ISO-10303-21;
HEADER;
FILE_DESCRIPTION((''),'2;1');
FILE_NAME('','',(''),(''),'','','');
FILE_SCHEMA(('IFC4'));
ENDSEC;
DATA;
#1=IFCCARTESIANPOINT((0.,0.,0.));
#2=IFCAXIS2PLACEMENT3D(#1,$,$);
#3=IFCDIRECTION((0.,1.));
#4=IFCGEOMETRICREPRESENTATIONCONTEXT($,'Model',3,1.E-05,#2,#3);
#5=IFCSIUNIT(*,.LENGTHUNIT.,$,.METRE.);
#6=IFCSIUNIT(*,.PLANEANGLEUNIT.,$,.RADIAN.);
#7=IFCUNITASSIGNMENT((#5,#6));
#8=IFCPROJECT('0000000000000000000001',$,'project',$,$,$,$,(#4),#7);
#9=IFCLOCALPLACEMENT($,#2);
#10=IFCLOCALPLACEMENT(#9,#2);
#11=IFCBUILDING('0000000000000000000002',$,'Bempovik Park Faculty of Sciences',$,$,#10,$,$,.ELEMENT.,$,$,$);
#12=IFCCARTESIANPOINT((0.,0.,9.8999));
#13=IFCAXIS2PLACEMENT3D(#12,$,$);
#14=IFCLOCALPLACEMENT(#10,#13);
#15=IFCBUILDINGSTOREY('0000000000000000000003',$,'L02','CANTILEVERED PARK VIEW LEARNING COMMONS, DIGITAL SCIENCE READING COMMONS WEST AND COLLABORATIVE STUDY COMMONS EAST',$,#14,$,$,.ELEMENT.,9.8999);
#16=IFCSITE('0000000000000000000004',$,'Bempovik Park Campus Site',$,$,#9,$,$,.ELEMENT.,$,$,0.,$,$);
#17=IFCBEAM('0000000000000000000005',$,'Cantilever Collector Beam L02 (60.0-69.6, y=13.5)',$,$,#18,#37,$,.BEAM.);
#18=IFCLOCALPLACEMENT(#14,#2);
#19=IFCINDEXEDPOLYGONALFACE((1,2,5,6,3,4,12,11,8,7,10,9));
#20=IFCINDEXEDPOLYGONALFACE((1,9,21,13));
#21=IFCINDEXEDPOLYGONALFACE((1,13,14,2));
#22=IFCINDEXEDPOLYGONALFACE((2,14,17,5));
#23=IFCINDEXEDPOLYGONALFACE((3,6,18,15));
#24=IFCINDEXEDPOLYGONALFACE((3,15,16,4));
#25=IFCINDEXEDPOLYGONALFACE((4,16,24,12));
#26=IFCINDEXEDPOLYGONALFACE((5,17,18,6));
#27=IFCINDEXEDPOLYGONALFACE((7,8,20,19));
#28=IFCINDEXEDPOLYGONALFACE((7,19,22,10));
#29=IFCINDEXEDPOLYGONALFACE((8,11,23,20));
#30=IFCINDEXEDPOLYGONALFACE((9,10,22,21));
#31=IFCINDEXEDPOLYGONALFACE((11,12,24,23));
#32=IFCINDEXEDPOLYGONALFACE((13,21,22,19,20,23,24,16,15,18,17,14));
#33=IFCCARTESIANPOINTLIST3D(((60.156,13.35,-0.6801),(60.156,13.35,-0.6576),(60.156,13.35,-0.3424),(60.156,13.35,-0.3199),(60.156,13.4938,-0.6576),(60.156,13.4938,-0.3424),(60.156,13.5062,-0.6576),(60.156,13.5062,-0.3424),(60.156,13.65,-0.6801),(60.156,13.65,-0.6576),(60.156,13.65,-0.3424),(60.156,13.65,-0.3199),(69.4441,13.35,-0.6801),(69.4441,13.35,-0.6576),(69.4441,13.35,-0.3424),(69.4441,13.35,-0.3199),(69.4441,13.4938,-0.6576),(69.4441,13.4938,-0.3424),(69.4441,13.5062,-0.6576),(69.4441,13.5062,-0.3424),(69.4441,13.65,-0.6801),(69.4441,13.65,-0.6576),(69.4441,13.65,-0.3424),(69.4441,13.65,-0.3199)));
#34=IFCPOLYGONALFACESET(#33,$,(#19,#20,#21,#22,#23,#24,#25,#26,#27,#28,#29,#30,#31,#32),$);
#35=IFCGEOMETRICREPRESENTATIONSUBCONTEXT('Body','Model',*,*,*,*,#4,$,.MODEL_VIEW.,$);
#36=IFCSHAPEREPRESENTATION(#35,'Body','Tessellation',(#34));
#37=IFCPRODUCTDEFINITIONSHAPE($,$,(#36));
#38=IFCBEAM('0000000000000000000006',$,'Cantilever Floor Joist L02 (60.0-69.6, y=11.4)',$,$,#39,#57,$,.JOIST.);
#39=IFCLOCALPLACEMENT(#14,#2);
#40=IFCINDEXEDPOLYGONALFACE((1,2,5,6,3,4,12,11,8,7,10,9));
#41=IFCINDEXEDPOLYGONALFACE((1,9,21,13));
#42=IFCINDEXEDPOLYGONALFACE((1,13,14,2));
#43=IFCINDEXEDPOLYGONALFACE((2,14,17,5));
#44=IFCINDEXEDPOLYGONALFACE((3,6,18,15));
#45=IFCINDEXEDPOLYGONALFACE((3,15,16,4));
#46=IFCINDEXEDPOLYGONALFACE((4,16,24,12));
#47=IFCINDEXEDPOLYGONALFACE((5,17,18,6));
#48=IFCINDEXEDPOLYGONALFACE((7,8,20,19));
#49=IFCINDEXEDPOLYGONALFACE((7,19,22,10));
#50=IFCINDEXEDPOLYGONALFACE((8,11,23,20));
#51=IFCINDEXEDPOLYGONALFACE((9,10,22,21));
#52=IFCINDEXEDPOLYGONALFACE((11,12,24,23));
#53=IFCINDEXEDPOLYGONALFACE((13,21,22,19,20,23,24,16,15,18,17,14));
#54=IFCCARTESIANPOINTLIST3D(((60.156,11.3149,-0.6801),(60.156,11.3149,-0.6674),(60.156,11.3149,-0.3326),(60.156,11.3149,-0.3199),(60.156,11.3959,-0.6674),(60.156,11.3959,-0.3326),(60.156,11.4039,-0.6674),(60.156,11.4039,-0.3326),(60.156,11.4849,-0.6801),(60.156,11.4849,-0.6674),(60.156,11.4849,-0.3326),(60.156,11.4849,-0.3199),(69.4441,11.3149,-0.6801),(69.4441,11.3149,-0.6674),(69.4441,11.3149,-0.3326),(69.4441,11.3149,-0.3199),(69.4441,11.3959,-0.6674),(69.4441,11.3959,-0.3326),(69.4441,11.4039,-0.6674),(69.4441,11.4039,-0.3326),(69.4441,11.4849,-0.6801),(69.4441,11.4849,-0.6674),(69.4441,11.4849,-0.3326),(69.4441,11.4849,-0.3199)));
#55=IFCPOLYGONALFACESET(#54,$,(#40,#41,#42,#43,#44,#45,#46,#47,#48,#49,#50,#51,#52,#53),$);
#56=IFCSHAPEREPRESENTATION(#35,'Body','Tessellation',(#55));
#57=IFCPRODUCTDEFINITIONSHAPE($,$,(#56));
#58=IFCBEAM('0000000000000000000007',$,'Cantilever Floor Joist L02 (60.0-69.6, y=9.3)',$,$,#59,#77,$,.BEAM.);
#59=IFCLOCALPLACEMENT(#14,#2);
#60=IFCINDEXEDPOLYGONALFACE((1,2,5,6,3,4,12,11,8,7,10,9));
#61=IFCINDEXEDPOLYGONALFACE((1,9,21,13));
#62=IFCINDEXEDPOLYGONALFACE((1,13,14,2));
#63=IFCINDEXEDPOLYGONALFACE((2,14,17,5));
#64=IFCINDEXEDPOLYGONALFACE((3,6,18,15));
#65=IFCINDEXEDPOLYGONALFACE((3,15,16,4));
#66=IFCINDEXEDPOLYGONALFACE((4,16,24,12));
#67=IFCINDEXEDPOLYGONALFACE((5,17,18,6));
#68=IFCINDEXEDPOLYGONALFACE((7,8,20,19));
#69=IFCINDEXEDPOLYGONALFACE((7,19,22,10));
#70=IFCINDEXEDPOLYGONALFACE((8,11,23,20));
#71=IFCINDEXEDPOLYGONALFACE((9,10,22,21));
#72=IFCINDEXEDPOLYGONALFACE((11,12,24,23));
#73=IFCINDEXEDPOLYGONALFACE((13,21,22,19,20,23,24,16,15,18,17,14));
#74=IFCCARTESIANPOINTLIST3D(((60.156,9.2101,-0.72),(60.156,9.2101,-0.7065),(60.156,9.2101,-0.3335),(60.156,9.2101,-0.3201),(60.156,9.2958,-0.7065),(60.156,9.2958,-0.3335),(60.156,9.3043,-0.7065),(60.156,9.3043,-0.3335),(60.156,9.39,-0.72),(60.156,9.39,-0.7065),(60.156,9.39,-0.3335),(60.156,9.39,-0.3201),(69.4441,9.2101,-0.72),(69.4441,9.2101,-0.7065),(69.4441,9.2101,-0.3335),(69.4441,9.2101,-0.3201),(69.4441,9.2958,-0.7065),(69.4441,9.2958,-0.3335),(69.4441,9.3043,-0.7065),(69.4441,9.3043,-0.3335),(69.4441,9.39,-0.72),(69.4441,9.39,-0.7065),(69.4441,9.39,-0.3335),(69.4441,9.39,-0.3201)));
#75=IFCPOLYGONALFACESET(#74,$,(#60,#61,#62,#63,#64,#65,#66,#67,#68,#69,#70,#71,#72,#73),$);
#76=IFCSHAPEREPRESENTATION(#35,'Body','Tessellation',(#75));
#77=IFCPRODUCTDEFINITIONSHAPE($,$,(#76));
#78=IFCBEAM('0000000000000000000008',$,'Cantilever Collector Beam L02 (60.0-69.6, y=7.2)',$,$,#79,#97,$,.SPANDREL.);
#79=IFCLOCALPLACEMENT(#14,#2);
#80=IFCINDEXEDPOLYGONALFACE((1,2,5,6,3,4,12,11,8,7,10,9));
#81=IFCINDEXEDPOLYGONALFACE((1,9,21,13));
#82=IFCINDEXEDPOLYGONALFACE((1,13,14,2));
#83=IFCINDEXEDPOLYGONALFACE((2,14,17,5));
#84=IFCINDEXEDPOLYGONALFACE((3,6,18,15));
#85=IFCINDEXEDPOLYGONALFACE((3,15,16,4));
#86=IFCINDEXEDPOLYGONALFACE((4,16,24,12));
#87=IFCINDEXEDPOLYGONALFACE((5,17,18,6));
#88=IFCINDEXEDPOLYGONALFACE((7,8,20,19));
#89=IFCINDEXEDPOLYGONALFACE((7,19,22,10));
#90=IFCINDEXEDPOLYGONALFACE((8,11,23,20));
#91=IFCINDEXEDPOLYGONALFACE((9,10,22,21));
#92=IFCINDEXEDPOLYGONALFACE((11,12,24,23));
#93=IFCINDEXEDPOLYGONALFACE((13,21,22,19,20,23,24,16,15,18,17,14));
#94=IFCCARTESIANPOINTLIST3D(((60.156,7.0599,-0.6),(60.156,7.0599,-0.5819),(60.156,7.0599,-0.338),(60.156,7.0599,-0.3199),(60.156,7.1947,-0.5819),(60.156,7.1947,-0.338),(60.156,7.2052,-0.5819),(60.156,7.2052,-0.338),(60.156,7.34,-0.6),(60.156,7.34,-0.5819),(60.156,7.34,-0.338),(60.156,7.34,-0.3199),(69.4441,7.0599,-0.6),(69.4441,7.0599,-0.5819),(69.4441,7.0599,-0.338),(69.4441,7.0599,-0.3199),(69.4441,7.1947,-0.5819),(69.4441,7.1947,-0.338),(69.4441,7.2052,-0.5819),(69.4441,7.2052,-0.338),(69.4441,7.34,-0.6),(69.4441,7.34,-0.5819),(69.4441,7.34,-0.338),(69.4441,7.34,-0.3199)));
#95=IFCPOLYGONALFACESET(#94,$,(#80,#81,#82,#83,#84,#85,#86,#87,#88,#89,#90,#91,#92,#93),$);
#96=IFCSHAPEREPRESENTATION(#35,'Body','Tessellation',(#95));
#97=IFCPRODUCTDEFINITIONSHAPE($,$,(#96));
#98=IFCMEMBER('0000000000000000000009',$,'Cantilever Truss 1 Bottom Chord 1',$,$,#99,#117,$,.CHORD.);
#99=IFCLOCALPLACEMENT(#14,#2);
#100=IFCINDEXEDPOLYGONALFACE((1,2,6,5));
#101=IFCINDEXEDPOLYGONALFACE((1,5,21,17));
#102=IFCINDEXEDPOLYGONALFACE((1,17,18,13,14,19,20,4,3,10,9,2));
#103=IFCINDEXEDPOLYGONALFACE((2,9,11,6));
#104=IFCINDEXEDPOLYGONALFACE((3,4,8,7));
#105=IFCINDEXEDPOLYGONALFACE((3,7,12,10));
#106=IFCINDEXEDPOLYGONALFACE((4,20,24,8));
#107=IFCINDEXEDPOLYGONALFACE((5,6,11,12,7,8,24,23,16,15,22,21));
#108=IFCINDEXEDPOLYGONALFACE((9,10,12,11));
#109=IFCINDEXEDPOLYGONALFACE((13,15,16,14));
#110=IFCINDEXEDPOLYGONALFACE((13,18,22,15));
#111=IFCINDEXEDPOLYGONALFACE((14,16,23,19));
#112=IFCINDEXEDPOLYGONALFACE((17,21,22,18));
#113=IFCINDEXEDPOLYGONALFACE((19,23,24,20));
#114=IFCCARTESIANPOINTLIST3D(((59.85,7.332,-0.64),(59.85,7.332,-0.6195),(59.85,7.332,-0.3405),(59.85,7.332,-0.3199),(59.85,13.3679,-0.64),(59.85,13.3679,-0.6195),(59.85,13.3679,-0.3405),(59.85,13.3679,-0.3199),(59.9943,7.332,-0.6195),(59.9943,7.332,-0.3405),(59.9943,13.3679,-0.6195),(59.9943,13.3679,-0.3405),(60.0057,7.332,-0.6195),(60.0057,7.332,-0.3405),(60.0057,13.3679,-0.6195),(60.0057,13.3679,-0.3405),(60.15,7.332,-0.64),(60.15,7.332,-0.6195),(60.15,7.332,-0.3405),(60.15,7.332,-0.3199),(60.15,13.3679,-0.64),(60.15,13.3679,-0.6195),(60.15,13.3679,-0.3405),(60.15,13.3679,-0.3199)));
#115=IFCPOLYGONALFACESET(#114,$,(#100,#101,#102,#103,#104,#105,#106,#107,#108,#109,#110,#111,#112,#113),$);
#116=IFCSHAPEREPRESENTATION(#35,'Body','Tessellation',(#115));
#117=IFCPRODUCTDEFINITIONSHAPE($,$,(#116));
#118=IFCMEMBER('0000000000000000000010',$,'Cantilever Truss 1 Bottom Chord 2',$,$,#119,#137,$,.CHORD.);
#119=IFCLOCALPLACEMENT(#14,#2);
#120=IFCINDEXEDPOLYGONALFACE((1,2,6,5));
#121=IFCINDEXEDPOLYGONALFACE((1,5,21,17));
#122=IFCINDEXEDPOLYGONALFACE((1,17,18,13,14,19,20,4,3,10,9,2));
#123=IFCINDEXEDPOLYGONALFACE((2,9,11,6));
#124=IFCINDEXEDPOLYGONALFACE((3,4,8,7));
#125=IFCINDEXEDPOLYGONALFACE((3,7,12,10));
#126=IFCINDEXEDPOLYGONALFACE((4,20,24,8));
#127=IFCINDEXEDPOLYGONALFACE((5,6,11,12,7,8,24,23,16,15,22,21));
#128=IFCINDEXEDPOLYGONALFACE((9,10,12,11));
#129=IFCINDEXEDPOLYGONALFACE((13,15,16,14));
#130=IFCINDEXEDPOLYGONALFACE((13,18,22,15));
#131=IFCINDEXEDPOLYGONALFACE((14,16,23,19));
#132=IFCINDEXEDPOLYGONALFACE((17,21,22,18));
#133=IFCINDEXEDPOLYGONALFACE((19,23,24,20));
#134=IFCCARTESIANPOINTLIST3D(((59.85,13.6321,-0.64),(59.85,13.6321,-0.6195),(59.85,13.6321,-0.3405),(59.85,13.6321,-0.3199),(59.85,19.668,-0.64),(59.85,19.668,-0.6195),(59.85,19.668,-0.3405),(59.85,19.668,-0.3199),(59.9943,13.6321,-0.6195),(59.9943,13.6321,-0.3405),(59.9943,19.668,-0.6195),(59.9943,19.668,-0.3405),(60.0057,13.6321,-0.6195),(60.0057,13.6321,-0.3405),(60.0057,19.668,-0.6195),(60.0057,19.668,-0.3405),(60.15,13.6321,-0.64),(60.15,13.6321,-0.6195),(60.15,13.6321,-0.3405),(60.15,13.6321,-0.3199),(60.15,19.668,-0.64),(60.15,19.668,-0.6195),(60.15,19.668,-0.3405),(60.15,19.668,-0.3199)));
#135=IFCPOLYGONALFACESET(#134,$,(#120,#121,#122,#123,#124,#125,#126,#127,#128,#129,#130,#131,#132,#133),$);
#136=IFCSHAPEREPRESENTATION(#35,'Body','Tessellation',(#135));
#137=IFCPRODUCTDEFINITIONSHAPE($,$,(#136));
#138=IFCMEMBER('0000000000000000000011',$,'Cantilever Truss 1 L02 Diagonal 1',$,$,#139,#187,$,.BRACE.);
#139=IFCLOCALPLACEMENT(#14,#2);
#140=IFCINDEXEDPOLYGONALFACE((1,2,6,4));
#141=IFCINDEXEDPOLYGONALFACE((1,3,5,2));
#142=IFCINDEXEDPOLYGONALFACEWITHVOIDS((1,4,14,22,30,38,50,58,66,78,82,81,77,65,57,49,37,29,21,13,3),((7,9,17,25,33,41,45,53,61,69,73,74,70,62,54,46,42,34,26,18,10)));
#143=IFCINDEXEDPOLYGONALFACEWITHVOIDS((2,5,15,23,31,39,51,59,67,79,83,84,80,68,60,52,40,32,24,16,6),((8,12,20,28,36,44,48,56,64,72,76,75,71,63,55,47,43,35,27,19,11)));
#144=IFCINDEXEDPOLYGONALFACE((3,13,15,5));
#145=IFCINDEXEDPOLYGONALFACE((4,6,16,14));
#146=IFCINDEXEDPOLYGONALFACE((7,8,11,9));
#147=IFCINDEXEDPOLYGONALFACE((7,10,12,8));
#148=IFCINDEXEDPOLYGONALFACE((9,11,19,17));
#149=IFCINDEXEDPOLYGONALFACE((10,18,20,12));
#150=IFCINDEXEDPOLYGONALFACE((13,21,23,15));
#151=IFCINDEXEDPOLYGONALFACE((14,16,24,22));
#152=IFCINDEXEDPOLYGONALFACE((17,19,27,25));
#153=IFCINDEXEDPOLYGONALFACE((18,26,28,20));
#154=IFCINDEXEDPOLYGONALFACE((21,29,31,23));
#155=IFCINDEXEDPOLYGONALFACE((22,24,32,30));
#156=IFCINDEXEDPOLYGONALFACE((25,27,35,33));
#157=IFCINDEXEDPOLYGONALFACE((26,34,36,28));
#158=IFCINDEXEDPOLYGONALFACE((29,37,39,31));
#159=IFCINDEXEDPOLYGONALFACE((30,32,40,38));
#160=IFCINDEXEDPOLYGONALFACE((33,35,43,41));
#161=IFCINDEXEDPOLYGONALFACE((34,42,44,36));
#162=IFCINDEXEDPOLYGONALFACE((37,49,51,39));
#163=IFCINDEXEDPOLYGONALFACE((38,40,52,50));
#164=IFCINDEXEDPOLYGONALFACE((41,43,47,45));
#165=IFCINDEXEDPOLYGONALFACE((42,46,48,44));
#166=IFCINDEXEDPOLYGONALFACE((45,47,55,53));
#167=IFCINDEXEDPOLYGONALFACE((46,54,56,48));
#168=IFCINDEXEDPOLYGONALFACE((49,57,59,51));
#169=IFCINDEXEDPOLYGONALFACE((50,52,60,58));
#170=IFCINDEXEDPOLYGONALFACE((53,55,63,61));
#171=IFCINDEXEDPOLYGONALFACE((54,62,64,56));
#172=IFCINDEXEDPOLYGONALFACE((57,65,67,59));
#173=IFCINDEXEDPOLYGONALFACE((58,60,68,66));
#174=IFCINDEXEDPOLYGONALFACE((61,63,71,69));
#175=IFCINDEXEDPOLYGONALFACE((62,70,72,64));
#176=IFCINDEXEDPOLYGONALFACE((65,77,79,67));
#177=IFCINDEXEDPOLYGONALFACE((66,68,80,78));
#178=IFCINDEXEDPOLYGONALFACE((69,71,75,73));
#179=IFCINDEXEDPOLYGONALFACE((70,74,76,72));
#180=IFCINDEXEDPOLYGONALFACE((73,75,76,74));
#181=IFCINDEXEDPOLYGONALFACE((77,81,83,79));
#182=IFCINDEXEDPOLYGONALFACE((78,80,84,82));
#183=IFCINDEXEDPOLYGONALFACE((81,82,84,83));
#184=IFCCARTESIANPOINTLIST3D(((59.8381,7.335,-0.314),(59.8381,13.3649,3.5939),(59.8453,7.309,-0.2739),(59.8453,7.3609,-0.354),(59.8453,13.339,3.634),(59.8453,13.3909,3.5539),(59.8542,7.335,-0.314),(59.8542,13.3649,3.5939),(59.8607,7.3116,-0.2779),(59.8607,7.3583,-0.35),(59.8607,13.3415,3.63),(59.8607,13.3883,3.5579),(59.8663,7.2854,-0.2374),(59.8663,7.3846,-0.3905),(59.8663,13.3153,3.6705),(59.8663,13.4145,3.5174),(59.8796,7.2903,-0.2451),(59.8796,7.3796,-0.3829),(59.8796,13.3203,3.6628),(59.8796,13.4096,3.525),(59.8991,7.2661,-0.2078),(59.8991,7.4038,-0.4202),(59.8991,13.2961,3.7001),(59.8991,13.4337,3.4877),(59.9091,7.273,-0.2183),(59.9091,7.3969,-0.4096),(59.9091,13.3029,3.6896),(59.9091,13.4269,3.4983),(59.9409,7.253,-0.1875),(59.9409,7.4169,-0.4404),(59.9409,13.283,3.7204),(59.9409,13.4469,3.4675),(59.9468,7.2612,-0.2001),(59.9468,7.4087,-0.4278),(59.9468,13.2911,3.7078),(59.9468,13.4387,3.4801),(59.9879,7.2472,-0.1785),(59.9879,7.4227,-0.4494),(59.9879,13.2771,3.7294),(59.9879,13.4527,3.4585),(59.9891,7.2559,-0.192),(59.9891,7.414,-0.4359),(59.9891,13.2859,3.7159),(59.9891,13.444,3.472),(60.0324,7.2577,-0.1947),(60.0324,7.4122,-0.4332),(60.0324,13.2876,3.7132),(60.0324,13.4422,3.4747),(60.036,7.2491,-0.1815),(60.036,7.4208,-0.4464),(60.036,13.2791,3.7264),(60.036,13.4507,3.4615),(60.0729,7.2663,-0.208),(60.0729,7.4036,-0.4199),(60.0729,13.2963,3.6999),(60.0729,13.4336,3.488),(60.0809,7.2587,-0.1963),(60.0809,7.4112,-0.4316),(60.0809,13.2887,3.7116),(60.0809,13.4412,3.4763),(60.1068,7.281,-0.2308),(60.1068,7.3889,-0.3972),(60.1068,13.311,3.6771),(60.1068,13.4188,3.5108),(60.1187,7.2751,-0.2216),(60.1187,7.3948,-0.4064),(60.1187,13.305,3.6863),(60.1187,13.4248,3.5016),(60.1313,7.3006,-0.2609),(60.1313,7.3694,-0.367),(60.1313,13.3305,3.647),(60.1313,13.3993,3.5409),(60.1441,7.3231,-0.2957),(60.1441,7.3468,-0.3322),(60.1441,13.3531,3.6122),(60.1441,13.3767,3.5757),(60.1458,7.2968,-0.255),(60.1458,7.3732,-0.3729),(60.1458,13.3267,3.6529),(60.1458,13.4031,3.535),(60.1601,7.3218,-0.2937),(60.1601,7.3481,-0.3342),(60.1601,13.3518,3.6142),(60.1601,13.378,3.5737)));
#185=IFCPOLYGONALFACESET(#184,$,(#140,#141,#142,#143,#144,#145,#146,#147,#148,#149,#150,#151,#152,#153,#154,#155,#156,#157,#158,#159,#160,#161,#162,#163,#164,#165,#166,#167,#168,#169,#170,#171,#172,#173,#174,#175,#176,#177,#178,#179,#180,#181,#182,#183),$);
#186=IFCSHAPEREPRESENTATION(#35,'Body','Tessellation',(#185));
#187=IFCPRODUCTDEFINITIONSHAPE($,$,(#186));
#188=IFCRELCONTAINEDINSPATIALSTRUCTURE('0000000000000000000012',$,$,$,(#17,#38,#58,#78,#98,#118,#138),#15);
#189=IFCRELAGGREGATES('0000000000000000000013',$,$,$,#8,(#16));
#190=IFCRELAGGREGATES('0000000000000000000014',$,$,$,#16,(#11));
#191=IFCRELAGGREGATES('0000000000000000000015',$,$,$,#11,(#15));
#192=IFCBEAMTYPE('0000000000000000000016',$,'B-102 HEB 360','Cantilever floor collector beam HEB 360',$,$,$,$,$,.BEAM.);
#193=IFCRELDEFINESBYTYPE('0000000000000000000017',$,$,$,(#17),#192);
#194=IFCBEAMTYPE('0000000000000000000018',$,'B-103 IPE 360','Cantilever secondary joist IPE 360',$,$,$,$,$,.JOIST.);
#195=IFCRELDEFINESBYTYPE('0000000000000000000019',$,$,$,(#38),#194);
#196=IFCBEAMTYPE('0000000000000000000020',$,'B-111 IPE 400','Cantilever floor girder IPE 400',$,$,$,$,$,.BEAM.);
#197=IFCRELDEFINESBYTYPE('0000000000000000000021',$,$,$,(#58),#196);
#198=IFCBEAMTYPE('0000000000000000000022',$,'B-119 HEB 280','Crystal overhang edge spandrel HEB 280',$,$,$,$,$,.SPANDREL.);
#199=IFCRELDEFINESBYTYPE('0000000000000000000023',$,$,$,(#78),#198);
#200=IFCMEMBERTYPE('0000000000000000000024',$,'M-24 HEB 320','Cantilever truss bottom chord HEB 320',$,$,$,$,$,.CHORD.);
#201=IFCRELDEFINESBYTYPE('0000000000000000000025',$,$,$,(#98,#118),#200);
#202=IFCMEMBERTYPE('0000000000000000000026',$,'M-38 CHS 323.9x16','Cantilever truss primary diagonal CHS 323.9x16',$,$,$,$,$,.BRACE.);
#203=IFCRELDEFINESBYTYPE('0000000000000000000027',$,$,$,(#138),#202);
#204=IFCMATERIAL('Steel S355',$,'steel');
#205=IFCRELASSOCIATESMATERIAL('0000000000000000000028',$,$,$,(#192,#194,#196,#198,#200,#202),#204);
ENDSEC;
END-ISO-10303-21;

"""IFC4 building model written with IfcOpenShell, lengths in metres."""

from ifc_helpers import new_model, si_unit, direction, frame, origin, origin_2d, place, context, subcontext, project, spatial, hollow_circle, i_section, extrude, material, material_profile, profile_set, type_object, element, save


model = new_model("IFC4")

# Units and contexts
model_context = context("Model", 3, precision=1e-05, world=origin(), true_north=direction((0.0, 1.0)))
body_context = subcontext(model_context, "Body", "Model", "MODEL_VIEW")
ifc_project = project(units=[si_unit("LENGTHUNIT", "METRE"), si_unit("PLANEANGLEUNIT", "RADIAN")], contexts=[model_context])

# Site, building, storey
site_placement = place(None, origin())
site = spatial("IfcSite", under=ifc_project, at=site_placement, Name="Bempovik Park Campus Site", CompositionType="ELEMENT", RefElevation=0.0)
building_placement = place(site_placement, origin())
building = spatial("IfcBuilding", under=site, at=building_placement, Name="Bempovik Park Faculty of Sciences", CompositionType="ELEMENT")
storey_placement = place(building_placement, frame((0.0, 0.0, 9.8999)))
storey = spatial("IfcBuildingStorey", under=building, at=storey_placement, Name="L02", Description="CANTILEVERED PARK VIEW LEARNING COMMONS, DIGITAL SCIENCE READING COMMONS WEST AND COLLABORATIVE STUDY COMMONS EAST", CompositionType="ELEMENT", Elevation=9.8999)

# Beams
ifc_material_1 = material(Name="Steel S355", Category="steel")
ifc_material_profile_1 = material_profile(ifc_material_1, i_section(OverallWidth=0.3, OverallDepth=0.3601, WebThickness=0.0125, FlangeThickness=0.0225, at=origin_2d()), Name="HEB 360")
ifc_profile_set_1 = profile_set([ifc_material_profile_1], Name="Steel S355")
beam_type_1 = type_object("IfcBeamType", Name="B-102 HEB 360", Description="Cantilever floor collector beam HEB 360", PredefinedType="BEAM", material=ifc_profile_set_1)
beam_1_placement = place(storey_placement, frame((60.156, 13.5, -0.5), z_axis=(1.0, 0.0, 0.0), x_axis=(0.0, 1.0, 0.0)))
element("IfcBeam", 1, at=beam_1_placement, inside=storey, type_object=beam_type_1, Name="Cantilever Collector Beam L02 (60.0-69.6, y=13.5)", PredefinedType="BEAM", context=body_context, shape_type="SweptSolid", body=[
    extrude(i_section(OverallWidth=0.3, OverallDepth=0.3601, WebThickness=0.0125, FlangeThickness=0.0225, at=origin_2d()), origin(), (0.0, 0.0, 1.0), 9.2881),
])
ifc_material_profile_2 = material_profile(ifc_material_1, i_section(OverallWidth=0.1699, OverallDepth=0.3601, WebThickness=0.0081, FlangeThickness=0.0127, at=origin_2d()), Name="IPE 360")
ifc_profile_set_2 = profile_set([ifc_material_profile_2], Name="Steel S355")
beam_type_2 = type_object("IfcBeamType", Name="B-103 IPE 360", Description="Cantilever secondary joist IPE 360", PredefinedType="JOIST", material=ifc_profile_set_2)
beam_2_placement = place(storey_placement, frame((60.156, 11.3999, -0.5), z_axis=(1.0, 0.0, 0.0), x_axis=(0.0, 1.0, 0.0)))
element("IfcBeam", 2, at=beam_2_placement, inside=storey, type_object=beam_type_2, Name="Cantilever Floor Joist L02 (60.0-69.6, y=11.4)", PredefinedType="JOIST", context=body_context, shape_type="SweptSolid", body=[
    extrude(i_section(OverallWidth=0.1699, OverallDepth=0.3601, WebThickness=0.0081, FlangeThickness=0.0127, at=origin_2d()), origin(), (0.0, 0.0, 1.0), 9.2881),
])
ifc_material_profile_3 = material_profile(ifc_material_1, i_section(OverallWidth=0.1799, OverallDepth=0.3999, WebThickness=0.0085, FlangeThickness=0.0134, at=origin_2d()), Name="IPE 400")
ifc_profile_set_3 = profile_set([ifc_material_profile_3], Name="Steel S355")
beam_type_3 = type_object("IfcBeamType", Name="B-111 IPE 400", Description="Cantilever floor girder IPE 400", PredefinedType="BEAM", material=ifc_profile_set_3)
beam_3_placement = place(storey_placement, frame((60.156, 9.3, -0.52), z_axis=(1.0, 0.0, 0.0), x_axis=(0.0, 1.0, 0.0)))
element("IfcBeam", 3, at=beam_3_placement, inside=storey, type_object=beam_type_3, Name="Cantilever Floor Joist L02 (60.0-69.6, y=9.3)", PredefinedType="BEAM", context=body_context, shape_type="SweptSolid", body=[
    extrude(i_section(OverallWidth=0.1799, OverallDepth=0.3999, WebThickness=0.0085, FlangeThickness=0.0134, at=origin_2d()), origin(), (0.0, 0.0, 1.0), 9.2881),
])
ifc_material_profile_4 = material_profile(ifc_material_1, i_section(OverallWidth=0.28, OverallDepth=0.28, WebThickness=0.0105, FlangeThickness=0.0181, at=origin_2d()), Name="HEB 280")
ifc_profile_set_4 = profile_set([ifc_material_profile_4], Name="Steel S355")
beam_type_4 = type_object("IfcBeamType", Name="B-119 HEB 280", Description="Crystal overhang edge spandrel HEB 280", PredefinedType="SPANDREL", material=ifc_profile_set_4)
beam_4_placement = place(storey_placement, frame((60.156, 7.2, -0.46), z_axis=(1.0, 0.0, 0.0), x_axis=(0.0, 1.0, 0.0)))
element("IfcBeam", 4, at=beam_4_placement, inside=storey, type_object=beam_type_4, Name="Cantilever Collector Beam L02 (60.0-69.6, y=7.2)", PredefinedType="SPANDREL", context=body_context, shape_type="SweptSolid", body=[
    extrude(i_section(OverallWidth=0.28, OverallDepth=0.28, WebThickness=0.0105, FlangeThickness=0.0181, at=origin_2d()), origin(), (0.0, 0.0, 1.0), 9.2881),
])

# Members
ifc_material_profile_5 = material_profile(ifc_material_1, i_section(OverallWidth=0.3, OverallDepth=0.3201, WebThickness=0.0115, FlangeThickness=0.0205, at=origin_2d()), Name="HEB 320")
ifc_profile_set_5 = profile_set([ifc_material_profile_5], Name="Steel S355")
member_type_1 = type_object("IfcMemberType", Name="M-24 HEB 320", Description="Cantilever truss bottom chord HEB 320", PredefinedType="CHORD", material=ifc_profile_set_5)
for number, where, z_axis, x_axis, name in (
    (5, (60.0, 7.332, -0.48), (0.0, 1.0, 0.0), (-1.0, 0.0, 0.0), "Cantilever Truss 1 Bottom Chord 1"),
    (6, (60.0, 13.6321, -0.48), (0.0, 1.0, 0.0), (-1.0, 0.0, 0.0), "Cantilever Truss 1 Bottom Chord 2"),
):
    element("IfcMember", number, at=place(storey_placement, frame(where, z_axis=z_axis, x_axis=x_axis)), inside=storey, type_object=member_type_1, Name=name, PredefinedType="CHORD", context=body_context, shape_type="SweptSolid", body=[
        extrude(i_section(OverallWidth=0.3, OverallDepth=0.3201, WebThickness=0.0115, FlangeThickness=0.0205, at=origin_2d()), origin(), (0.0, 0.0, 1.0), 6.0359),
    ])
ifc_material_profile_6 = material_profile(ifc_material_1, hollow_circle(Radius=0.1619, WallThickness=0.0161, at=origin_2d()), Name="CHS 323.9x16")
ifc_profile_set_6 = profile_set([ifc_material_profile_6], Name="Steel S355")
member_type_2 = type_object("IfcMemberType", Name="M-38 CHS 323.9x16", Description="Cantilever truss primary diagonal CHS 323.9x16", PredefinedType="BRACE", material=ifc_profile_set_6)
member_1_placement = place(storey_placement, frame((60.0, 7.335, -0.314), z_axis=(0.0, 0.839178, 0.543857), x_axis=(-1.0, 0.0, 0.0)))
element("IfcMember", 7, at=member_1_placement, inside=storey, type_object=member_type_2, Name="Cantilever Truss 1 L02 Diagonal 1", PredefinedType="BRACE", context=body_context, shape_type="SweptSolid", body=[
    extrude(hollow_circle(Radius=0.1619, WallThickness=0.0161, at=origin_2d()), origin(), (0.0, 0.0, 1.0), 7.1855),
])

save(model, "model.ifc")
